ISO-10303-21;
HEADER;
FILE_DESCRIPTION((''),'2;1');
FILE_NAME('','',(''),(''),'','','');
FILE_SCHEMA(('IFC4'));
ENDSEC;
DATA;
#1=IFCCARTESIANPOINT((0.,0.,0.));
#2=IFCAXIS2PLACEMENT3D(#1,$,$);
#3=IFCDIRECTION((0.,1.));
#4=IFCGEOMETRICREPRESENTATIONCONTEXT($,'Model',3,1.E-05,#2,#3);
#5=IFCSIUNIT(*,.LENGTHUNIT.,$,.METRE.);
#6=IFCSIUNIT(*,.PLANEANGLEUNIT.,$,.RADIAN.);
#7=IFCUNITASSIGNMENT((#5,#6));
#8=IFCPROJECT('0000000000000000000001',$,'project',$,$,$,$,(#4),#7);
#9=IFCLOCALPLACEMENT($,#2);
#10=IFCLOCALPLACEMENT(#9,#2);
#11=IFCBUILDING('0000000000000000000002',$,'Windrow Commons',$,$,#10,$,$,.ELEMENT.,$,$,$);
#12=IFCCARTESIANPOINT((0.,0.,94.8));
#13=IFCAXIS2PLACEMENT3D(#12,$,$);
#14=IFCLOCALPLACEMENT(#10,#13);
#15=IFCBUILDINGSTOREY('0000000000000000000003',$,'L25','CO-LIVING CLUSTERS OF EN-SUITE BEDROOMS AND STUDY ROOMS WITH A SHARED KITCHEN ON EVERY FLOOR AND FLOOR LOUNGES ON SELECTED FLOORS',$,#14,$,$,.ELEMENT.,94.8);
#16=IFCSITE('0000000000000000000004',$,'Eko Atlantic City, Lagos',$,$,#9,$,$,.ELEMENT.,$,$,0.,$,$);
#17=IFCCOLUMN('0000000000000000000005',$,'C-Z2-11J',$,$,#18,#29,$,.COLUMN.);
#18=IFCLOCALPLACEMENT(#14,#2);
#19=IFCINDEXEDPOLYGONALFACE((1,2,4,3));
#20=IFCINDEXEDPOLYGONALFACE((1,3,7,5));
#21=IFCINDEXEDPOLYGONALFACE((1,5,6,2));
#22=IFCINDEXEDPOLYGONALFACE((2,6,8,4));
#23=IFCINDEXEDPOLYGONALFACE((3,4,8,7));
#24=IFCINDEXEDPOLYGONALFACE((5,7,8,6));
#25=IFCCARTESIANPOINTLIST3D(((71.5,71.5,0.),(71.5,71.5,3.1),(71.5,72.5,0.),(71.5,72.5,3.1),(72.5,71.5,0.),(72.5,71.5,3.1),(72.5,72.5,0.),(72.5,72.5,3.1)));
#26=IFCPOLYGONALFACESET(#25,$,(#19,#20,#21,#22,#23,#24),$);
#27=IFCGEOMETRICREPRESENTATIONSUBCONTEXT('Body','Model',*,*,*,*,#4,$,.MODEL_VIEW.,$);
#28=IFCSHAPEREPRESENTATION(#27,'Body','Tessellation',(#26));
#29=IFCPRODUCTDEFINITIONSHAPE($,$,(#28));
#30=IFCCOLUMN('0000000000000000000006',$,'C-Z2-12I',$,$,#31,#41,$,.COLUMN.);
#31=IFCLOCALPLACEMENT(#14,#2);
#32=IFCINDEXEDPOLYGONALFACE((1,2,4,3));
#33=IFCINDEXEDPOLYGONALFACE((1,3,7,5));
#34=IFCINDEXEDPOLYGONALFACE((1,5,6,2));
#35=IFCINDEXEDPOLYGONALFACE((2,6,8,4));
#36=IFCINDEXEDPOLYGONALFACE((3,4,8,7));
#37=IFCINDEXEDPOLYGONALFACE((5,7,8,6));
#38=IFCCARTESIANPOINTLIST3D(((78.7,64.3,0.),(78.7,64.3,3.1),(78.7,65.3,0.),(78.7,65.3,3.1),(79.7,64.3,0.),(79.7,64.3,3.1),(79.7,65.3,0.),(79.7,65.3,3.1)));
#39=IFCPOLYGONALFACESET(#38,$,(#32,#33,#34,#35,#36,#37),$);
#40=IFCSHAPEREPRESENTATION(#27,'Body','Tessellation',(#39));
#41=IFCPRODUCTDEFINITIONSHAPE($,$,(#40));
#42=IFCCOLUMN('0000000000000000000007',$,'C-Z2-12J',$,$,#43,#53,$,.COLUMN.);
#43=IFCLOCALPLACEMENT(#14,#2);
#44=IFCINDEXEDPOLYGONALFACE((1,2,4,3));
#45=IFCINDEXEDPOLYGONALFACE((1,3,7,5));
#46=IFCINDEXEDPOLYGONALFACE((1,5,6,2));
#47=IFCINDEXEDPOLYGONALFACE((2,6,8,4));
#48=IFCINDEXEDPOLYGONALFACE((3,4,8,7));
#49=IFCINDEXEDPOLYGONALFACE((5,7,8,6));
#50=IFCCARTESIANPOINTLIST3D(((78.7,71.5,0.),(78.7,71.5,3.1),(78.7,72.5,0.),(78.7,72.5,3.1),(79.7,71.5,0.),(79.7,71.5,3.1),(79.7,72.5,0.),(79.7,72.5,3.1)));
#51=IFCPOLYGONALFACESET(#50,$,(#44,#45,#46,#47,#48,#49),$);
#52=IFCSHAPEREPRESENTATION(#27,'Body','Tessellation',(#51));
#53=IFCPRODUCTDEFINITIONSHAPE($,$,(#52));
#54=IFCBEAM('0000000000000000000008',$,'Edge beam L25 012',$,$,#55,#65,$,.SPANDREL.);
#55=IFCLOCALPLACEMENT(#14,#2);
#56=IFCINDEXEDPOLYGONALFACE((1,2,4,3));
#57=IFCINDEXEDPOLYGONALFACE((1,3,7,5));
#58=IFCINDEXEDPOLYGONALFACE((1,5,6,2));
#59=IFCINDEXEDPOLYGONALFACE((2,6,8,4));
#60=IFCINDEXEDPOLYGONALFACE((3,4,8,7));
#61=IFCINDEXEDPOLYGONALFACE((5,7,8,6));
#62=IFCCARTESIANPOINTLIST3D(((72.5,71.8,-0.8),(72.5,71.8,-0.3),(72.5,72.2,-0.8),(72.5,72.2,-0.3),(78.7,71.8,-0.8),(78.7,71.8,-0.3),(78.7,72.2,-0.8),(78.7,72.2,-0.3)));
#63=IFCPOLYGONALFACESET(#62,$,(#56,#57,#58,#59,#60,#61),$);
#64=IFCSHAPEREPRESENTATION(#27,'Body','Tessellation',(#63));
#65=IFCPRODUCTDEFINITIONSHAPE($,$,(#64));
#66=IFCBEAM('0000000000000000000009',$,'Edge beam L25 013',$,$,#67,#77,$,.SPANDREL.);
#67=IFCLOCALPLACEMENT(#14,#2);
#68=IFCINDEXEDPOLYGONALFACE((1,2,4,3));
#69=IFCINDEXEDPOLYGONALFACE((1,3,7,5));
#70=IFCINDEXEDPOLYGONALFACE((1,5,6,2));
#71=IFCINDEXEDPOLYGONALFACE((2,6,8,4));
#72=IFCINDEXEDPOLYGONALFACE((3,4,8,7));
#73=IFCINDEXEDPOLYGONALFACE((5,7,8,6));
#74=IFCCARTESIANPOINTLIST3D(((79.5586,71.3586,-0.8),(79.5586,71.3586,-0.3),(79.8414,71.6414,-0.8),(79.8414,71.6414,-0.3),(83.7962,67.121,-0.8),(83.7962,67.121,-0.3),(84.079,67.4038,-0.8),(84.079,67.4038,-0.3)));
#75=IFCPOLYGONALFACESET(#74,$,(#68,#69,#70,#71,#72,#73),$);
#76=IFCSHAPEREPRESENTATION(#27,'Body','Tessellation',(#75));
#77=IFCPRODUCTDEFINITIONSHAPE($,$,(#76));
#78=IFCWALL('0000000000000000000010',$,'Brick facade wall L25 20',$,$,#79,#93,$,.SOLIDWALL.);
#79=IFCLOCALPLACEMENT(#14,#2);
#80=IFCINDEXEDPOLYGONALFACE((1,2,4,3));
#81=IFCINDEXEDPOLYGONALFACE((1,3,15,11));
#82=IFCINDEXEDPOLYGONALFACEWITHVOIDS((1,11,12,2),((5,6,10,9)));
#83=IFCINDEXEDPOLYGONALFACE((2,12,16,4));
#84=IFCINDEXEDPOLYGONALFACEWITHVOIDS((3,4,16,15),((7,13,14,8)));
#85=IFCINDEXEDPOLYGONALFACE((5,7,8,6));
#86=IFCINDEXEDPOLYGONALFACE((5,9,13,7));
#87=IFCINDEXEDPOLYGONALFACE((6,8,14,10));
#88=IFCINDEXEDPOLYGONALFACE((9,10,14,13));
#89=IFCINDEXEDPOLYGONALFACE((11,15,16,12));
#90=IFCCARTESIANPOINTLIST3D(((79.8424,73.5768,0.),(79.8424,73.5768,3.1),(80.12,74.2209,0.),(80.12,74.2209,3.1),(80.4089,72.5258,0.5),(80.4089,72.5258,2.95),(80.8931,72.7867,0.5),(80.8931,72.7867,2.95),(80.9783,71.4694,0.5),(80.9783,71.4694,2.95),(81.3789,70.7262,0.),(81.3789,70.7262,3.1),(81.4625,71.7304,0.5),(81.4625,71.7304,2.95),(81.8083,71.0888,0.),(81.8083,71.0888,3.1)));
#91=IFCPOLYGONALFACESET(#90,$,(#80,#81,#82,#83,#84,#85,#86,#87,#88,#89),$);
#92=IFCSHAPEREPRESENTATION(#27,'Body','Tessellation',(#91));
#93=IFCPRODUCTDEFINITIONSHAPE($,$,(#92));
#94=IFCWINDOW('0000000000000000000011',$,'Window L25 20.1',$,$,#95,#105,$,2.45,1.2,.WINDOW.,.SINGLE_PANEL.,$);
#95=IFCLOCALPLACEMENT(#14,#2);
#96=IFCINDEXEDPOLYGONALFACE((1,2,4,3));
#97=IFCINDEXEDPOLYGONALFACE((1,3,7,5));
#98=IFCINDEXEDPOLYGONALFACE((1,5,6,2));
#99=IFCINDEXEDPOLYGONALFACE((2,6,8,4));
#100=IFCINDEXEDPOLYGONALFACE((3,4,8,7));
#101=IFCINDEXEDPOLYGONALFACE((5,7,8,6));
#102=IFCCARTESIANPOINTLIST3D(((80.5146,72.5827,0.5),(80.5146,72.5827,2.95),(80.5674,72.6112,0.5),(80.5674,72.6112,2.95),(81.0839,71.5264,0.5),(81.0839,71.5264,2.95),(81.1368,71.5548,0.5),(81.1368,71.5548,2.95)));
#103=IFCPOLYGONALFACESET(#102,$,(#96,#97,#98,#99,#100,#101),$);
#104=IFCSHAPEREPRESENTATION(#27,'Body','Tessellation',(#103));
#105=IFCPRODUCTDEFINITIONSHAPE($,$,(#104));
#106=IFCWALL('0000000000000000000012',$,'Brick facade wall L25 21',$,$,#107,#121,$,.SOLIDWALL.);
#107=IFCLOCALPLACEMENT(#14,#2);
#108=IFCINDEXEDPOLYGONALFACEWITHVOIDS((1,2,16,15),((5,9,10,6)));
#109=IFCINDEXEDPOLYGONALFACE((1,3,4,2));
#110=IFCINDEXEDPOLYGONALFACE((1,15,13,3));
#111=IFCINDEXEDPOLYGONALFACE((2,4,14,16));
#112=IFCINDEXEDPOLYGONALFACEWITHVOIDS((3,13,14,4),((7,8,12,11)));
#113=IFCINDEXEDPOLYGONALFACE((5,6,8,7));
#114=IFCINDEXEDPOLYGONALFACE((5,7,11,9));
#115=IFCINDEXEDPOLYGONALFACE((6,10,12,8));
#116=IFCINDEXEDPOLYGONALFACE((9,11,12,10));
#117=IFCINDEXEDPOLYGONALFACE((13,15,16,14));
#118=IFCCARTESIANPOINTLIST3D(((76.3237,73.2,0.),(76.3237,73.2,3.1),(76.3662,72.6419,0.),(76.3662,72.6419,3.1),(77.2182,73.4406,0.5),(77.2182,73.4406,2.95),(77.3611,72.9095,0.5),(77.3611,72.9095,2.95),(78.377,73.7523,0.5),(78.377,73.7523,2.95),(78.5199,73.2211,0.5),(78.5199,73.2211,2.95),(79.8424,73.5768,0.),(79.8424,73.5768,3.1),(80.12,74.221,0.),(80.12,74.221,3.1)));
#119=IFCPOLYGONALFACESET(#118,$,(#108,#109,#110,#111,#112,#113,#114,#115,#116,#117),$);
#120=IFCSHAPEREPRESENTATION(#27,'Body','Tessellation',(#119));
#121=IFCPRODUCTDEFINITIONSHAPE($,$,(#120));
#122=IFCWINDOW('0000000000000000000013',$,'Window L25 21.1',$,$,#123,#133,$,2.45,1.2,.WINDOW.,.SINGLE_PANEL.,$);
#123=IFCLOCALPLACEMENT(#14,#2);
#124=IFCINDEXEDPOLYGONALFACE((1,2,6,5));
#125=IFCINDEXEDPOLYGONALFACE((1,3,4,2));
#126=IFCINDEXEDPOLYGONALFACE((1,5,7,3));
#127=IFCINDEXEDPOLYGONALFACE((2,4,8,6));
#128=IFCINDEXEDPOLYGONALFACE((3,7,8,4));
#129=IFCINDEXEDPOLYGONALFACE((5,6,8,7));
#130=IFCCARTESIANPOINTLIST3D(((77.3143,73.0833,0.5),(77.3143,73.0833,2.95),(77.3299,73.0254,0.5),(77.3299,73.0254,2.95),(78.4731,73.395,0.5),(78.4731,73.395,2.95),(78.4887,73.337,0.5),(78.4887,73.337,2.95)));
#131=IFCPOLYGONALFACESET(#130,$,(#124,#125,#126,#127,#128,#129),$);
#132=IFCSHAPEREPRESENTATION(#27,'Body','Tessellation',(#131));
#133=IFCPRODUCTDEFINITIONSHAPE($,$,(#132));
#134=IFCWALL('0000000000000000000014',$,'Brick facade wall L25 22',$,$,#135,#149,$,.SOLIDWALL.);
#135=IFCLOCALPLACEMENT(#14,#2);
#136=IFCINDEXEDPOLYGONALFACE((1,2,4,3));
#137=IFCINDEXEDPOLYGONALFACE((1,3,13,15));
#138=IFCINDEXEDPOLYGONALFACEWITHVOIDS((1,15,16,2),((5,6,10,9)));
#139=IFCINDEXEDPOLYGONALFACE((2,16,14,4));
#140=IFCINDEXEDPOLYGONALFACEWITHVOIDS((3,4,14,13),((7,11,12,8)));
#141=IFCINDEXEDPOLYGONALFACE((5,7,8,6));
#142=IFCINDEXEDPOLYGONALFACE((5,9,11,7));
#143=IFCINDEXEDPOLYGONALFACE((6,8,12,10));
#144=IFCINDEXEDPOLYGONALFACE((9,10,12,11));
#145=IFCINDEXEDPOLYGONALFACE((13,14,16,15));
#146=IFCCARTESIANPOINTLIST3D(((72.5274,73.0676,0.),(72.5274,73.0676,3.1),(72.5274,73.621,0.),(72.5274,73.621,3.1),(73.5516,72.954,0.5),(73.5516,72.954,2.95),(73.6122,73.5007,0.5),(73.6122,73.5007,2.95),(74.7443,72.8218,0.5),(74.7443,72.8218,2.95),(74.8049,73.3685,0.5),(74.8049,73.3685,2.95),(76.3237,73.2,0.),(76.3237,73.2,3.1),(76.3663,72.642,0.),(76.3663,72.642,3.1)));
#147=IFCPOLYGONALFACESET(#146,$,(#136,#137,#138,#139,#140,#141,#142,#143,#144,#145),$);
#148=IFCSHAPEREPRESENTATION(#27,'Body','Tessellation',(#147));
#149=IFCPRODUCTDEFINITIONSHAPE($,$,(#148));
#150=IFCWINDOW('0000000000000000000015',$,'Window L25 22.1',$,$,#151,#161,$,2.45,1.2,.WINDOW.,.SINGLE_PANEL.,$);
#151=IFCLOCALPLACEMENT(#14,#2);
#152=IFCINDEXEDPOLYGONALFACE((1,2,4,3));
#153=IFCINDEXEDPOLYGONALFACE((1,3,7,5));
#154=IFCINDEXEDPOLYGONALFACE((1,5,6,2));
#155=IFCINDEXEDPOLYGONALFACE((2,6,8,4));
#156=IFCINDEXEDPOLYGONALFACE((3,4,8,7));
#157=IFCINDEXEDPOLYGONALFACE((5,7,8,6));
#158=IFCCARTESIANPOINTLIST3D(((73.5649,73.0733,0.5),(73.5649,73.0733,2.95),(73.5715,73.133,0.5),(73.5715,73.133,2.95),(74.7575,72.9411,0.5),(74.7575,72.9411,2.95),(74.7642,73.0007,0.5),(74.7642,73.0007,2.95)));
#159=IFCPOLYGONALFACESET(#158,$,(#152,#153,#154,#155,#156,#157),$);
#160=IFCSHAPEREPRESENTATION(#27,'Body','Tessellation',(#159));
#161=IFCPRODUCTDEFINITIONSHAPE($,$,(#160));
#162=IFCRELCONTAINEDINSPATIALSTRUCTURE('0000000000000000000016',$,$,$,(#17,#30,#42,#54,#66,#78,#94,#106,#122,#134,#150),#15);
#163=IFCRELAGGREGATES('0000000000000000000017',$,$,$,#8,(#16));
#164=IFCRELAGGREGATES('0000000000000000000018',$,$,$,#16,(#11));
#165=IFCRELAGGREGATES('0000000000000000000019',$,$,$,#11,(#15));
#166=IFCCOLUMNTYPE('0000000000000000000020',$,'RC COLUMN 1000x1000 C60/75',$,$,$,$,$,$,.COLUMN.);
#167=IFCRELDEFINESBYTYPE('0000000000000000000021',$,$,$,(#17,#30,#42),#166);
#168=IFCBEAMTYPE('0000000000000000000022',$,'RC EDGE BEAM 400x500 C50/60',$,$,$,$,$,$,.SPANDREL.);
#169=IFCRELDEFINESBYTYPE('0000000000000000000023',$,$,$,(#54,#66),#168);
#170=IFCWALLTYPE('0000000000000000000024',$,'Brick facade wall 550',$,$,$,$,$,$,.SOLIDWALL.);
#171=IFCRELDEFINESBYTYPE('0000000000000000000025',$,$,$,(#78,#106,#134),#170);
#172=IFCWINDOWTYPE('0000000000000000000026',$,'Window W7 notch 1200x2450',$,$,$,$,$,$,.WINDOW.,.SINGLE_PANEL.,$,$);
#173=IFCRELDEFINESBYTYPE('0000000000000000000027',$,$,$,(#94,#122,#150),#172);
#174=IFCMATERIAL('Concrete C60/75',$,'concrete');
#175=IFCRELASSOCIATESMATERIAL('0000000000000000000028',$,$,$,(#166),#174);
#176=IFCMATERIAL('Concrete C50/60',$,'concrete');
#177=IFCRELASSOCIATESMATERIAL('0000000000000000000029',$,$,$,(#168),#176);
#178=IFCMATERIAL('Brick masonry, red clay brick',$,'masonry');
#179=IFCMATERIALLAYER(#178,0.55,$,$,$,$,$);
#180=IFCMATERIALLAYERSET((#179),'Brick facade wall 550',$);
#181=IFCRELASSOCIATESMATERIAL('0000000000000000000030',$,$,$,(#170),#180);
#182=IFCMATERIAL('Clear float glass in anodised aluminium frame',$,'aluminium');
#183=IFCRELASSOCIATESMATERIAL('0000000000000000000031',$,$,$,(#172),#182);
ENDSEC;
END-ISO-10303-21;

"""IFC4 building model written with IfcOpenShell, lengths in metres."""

from ifc_helpers import new_model, si_unit, direction, frame, frame_2d, origin, origin_2d, place, context, subcontext, project, spatial, polyline, rectangle, outline, extrude, material, layer, layer_set, material_profile, profile_set, type_object, element, fill, save


model = new_model("IFC4")

# Units and contexts
model_context = context("Model", 3, precision=1e-05, world=origin(), true_north=direction((0.0, 1.0)))
body_context = subcontext(model_context, "Body", "Model", "MODEL_VIEW")
ifc_project = project(units=[si_unit("LENGTHUNIT", "METRE"), si_unit("PLANEANGLEUNIT", "RADIAN")], contexts=[model_context])

# Site, building, storey
site_placement = place(None, origin())
site = spatial("IfcSite", under=ifc_project, at=site_placement, Name="Eko Atlantic City, Lagos", CompositionType="ELEMENT", RefElevation=0.0)
building_placement = place(site_placement, origin())
building = spatial("IfcBuilding", under=site, at=building_placement, Name="Windrow Commons", CompositionType="ELEMENT")
storey_placement = place(building_placement, frame((0.0, 0.0, 94.8)))
storey = spatial("IfcBuildingStorey", under=building, at=storey_placement, Name="L25", Description="CO-LIVING CLUSTERS OF EN-SUITE BEDROOMS AND STUDY ROOMS WITH A SHARED KITCHEN ON EVERY FLOOR AND FLOOR LOUNGES ON SELECTED FLOORS", CompositionType="ELEMENT", Elevation=94.8)

# Columns
ifc_material_1 = material(Name="Concrete C60/75", Category="concrete")
ifc_material_profile_1 = material_profile(ifc_material_1, rectangle(XDim=1.0, YDim=1.0, at=origin_2d()))
ifc_profile_set_1 = profile_set([ifc_material_profile_1], Name="Concrete C60/75")
column_type = type_object("IfcColumnType", Name="RC COLUMN 1000x1000 C60/75", PredefinedType="COLUMN", material=ifc_profile_set_1)
for number, where, z_axis, x_axis, name in (
    (1, (72.0, 72.0, 0.0), (0.0, 0.0, 1.0), (1.0, 0.0, 0.0), "C-Z2-11J"),
    (2, (79.2, 64.8, 0.0), (0.0, 0.0, 1.0), (1.0, 0.0, 0.0), "C-Z2-12I"),
    (3, (79.2, 72.0, 0.0), (0.0, 0.0, 1.0), (1.0, 0.0, 0.0), "C-Z2-12J"),
):
    element("IfcColumn", number, at=place(storey_placement, frame(where, z_axis=z_axis, x_axis=x_axis)), inside=storey, type_object=column_type, Name=name, PredefinedType="COLUMN", context=body_context, shape_type="SweptSolid", body=[
        extrude(rectangle(XDim=1.0, YDim=1.0, at=origin_2d()), origin(), (0.0, 0.0, 1.0), 3.1),
    ])

# Beams
ifc_material_2 = material(Name="Concrete C50/60", Category="concrete")
ifc_material_profile_2 = material_profile(ifc_material_2, rectangle(XDim=0.4, YDim=0.5, at=origin_2d()))
ifc_profile_set_2 = profile_set([ifc_material_profile_2], Name="Concrete C50/60")
beam_type = type_object("IfcBeamType", Name="RC EDGE BEAM 400x500 C50/60", PredefinedType="SPANDREL", material=ifc_profile_set_2)
beam_1_placement = place(storey_placement, frame((72.5, 72.0, -0.55), z_axis=(1.0, 0.0, 0.0), x_axis=(0.0, 1.0, 0.0)))
element("IfcBeam", 4, at=beam_1_placement, inside=storey, type_object=beam_type, Name="Edge beam L25 012", PredefinedType="SPANDREL", context=body_context, shape_type="SweptSolid", body=[
    extrude(rectangle(XDim=0.4, YDim=0.5, at=origin_2d()), origin(), (0.0, 0.0, 1.0), 6.2),
])
beam_2_placement = place(storey_placement, frame((79.7, 71.5, -0.55), z_axis=(0.707107, -0.707107, 0.0), x_axis=(0.707107, 0.707107, 0.0)))
element("IfcBeam", 5, at=beam_2_placement, inside=storey, type_object=beam_type, Name="Edge beam L25 013", PredefinedType="SPANDREL", context=body_context, shape_type="SweptSolid", body=[
    extrude(rectangle(XDim=0.4, YDim=0.5, at=origin_2d()), origin(), (0.0, 0.0, 1.0), 5.9929),
])

# Walls, openings, windows
ifc_material_3 = material(Name="Brick masonry, red clay brick", Category="masonry")
ifc_layer_1 = layer(ifc_material_3, 0.55)
ifc_layer_set_1 = layer_set([ifc_layer_1], Name="Brick facade wall 550")
wall_type_1 = type_object("IfcWallType", Name="Brick facade wall 550", PredefinedType="SOLIDWALL", material=ifc_layer_set_1)
wall_1_placement = place(storey_placement, frame((81.5936, 70.9075, 0.0), z_axis=(0.0, 0.0, 1.0), x_axis=(-0.474475, 0.880269, 0.0)))
wall_1 = element("IfcWall", 6, at=wall_1_placement, inside=storey, type_object=wall_type_1, Name="Brick facade wall L25 20", PredefinedType="SOLIDWALL", context=body_context, shape_type="SweptSolid", body=[
    extrude(outline(polyline([(0.0577, -0.275), (3.6159, -0.275), (3.1806, 0.275), (-0.0577, 0.275), (0.0577, -0.275)])), origin(), (0.0, 0.0, 1.0), 3.1),
])
opening_1_placement = place(wall_1_placement, frame((0.7866, 0.0, 0.5)))
opening_1 = element("IfcOpeningElement", 7, at=opening_1_placement, cuts=wall_1, PredefinedType="OPENING", context=body_context, shape_type="SweptSolid", body=[
    extrude(rectangle(XDim=1.2, YDim=2.45, at=frame_2d((0.6, 1.225))), frame((0.0, 0.285, 0.0), z_axis=(0.0, -1.0, 0.0), x_axis=(1.0, 0.0, 0.0)), (0.0, 0.0, 1.0), 0.57),
])
ifc_material_4 = material(Name="Clear float glass in anodised aluminium frame", Category="aluminium")
window_type_1 = type_object("IfcWindowType", Name="Window W7 notch 1200x2450", PartitioningType="SINGLE_PANEL", PredefinedType="WINDOW", material=ifc_material_4)
window_1_placement = place(opening_1_placement, origin())
window_1 = element("IfcWindow", 8, at=window_1_placement, inside=storey, type_object=window_type_1, Name="Window L25 20.1", OverallHeight=2.45, OverallWidth=1.2, PartitioningType="SINGLE_PANEL", PredefinedType="WINDOW", context=body_context, shape_type="SweptSolid", body=[
    extrude(rectangle(XDim=1.2, YDim=2.45, at=frame_2d((0.6, 1.225))), frame((0.0, 0.155, 0.0), z_axis=(0.0, -1.0, 0.0), x_axis=(1.0, 0.0, 0.0)), (0.0, 0.0, 1.0), 0.06),
])
fill(opening_1, window_1)
wall_2_placement = place(storey_placement, frame((79.9812, 73.8989, 0.0), z_axis=(0.0, 0.0, 1.0), x_axis=(-0.965688, -0.259707, 0.0)))
wall_2 = element("IfcWall", 9, at=wall_2_placement, inside=storey, type_object=wall_type_1, Name="Brick facade wall L25 21", PredefinedType="SOLIDWALL", context=body_context, shape_type="SweptSolid", body=[
    extrude(outline(polyline([(-0.2177, -0.275), (3.7135, -0.275), (3.8174, 0.275), (0.2177, 0.275), (-0.2177, -0.275)])), origin(), (0.0, 0.0, 1.0), 3.1),
])
opening_2_placement = place(wall_2_placement, frame((1.5872, 0.0, 0.5)))
opening_2 = element("IfcOpeningElement", 10, at=opening_2_placement, cuts=wall_2, PredefinedType="OPENING", context=body_context, shape_type="SweptSolid", body=[
    extrude(rectangle(XDim=1.2, YDim=2.45, at=frame_2d((0.6, 1.225))), frame((0.0, 0.285, 0.0), z_axis=(0.0, -1.0, 0.0), x_axis=(1.0, 0.0, 0.0)), (0.0, 0.0, 1.0), 0.57),
])
window_2_placement = place(opening_2_placement, origin())
window_2 = element("IfcWindow", 11, at=window_2_placement, inside=storey, type_object=window_type_1, Name="Window L25 21.1", OverallHeight=2.45, OverallWidth=1.2, PartitioningType="SINGLE_PANEL", PredefinedType="WINDOW", context=body_context, shape_type="SweptSolid", body=[
    extrude(rectangle(XDim=1.2, YDim=2.45, at=frame_2d((0.6, 1.225))), frame((0.0, 0.155, 0.0), z_axis=(0.0, -1.0, 0.0), x_axis=(1.0, 0.0, 0.0)), (0.0, 0.0, 1.0), 0.06),
])
fill(opening_2, window_2)
wall_3_placement = place(storey_placement, frame((76.345, 72.921, 0.0), z_axis=(0.0, 0.0, 1.0), x_axis=(-0.993909, 0.110206, 0.0)))
wall_3 = element("IfcWall", 12, at=wall_3_placement, inside=storey, type_object=wall_type_1, Name="Brick facade wall L25 22", PredefinedType="SOLIDWALL", context=body_context, shape_type="SweptSolid", body=[
    extrude(outline(polyline([(0.0519, -0.275), (3.8715, -0.275), (3.8105, 0.275), (-0.0519, 0.275), (0.0519, -0.275)])), origin(), (0.0, 0.0, 1.0), 3.1),
])
opening_3_placement = place(wall_3_placement, frame((1.58, 0.0, 0.5)))
opening_3 = element("IfcOpeningElement", 13, at=opening_3_placement, cuts=wall_3, PredefinedType="OPENING", context=body_context, shape_type="SweptSolid", body=[
    extrude(rectangle(XDim=1.2, YDim=2.45, at=frame_2d((0.6, 1.225))), frame((0.0, 0.285, 0.0), z_axis=(0.0, -1.0, 0.0), x_axis=(1.0, 0.0, 0.0)), (0.0, 0.0, 1.0), 0.57),
])
window_3_placement = place(opening_3_placement, origin())
window_3 = element("IfcWindow", 14, at=window_3_placement, inside=storey, type_object=window_type_1, Name="Window L25 22.1", OverallHeight=2.45, OverallWidth=1.2, PartitioningType="SINGLE_PANEL", PredefinedType="WINDOW", context=body_context, shape_type="SweptSolid", body=[
    extrude(rectangle(XDim=1.2, YDim=2.45, at=frame_2d((0.6, 1.225))), frame((0.0, 0.155, 0.0), z_axis=(0.0, -1.0, 0.0), x_axis=(1.0, 0.0, 0.0)), (0.0, 0.0, 1.0), 0.06),
])
fill(opening_3, window_3)

save(model, "model.ifc")
